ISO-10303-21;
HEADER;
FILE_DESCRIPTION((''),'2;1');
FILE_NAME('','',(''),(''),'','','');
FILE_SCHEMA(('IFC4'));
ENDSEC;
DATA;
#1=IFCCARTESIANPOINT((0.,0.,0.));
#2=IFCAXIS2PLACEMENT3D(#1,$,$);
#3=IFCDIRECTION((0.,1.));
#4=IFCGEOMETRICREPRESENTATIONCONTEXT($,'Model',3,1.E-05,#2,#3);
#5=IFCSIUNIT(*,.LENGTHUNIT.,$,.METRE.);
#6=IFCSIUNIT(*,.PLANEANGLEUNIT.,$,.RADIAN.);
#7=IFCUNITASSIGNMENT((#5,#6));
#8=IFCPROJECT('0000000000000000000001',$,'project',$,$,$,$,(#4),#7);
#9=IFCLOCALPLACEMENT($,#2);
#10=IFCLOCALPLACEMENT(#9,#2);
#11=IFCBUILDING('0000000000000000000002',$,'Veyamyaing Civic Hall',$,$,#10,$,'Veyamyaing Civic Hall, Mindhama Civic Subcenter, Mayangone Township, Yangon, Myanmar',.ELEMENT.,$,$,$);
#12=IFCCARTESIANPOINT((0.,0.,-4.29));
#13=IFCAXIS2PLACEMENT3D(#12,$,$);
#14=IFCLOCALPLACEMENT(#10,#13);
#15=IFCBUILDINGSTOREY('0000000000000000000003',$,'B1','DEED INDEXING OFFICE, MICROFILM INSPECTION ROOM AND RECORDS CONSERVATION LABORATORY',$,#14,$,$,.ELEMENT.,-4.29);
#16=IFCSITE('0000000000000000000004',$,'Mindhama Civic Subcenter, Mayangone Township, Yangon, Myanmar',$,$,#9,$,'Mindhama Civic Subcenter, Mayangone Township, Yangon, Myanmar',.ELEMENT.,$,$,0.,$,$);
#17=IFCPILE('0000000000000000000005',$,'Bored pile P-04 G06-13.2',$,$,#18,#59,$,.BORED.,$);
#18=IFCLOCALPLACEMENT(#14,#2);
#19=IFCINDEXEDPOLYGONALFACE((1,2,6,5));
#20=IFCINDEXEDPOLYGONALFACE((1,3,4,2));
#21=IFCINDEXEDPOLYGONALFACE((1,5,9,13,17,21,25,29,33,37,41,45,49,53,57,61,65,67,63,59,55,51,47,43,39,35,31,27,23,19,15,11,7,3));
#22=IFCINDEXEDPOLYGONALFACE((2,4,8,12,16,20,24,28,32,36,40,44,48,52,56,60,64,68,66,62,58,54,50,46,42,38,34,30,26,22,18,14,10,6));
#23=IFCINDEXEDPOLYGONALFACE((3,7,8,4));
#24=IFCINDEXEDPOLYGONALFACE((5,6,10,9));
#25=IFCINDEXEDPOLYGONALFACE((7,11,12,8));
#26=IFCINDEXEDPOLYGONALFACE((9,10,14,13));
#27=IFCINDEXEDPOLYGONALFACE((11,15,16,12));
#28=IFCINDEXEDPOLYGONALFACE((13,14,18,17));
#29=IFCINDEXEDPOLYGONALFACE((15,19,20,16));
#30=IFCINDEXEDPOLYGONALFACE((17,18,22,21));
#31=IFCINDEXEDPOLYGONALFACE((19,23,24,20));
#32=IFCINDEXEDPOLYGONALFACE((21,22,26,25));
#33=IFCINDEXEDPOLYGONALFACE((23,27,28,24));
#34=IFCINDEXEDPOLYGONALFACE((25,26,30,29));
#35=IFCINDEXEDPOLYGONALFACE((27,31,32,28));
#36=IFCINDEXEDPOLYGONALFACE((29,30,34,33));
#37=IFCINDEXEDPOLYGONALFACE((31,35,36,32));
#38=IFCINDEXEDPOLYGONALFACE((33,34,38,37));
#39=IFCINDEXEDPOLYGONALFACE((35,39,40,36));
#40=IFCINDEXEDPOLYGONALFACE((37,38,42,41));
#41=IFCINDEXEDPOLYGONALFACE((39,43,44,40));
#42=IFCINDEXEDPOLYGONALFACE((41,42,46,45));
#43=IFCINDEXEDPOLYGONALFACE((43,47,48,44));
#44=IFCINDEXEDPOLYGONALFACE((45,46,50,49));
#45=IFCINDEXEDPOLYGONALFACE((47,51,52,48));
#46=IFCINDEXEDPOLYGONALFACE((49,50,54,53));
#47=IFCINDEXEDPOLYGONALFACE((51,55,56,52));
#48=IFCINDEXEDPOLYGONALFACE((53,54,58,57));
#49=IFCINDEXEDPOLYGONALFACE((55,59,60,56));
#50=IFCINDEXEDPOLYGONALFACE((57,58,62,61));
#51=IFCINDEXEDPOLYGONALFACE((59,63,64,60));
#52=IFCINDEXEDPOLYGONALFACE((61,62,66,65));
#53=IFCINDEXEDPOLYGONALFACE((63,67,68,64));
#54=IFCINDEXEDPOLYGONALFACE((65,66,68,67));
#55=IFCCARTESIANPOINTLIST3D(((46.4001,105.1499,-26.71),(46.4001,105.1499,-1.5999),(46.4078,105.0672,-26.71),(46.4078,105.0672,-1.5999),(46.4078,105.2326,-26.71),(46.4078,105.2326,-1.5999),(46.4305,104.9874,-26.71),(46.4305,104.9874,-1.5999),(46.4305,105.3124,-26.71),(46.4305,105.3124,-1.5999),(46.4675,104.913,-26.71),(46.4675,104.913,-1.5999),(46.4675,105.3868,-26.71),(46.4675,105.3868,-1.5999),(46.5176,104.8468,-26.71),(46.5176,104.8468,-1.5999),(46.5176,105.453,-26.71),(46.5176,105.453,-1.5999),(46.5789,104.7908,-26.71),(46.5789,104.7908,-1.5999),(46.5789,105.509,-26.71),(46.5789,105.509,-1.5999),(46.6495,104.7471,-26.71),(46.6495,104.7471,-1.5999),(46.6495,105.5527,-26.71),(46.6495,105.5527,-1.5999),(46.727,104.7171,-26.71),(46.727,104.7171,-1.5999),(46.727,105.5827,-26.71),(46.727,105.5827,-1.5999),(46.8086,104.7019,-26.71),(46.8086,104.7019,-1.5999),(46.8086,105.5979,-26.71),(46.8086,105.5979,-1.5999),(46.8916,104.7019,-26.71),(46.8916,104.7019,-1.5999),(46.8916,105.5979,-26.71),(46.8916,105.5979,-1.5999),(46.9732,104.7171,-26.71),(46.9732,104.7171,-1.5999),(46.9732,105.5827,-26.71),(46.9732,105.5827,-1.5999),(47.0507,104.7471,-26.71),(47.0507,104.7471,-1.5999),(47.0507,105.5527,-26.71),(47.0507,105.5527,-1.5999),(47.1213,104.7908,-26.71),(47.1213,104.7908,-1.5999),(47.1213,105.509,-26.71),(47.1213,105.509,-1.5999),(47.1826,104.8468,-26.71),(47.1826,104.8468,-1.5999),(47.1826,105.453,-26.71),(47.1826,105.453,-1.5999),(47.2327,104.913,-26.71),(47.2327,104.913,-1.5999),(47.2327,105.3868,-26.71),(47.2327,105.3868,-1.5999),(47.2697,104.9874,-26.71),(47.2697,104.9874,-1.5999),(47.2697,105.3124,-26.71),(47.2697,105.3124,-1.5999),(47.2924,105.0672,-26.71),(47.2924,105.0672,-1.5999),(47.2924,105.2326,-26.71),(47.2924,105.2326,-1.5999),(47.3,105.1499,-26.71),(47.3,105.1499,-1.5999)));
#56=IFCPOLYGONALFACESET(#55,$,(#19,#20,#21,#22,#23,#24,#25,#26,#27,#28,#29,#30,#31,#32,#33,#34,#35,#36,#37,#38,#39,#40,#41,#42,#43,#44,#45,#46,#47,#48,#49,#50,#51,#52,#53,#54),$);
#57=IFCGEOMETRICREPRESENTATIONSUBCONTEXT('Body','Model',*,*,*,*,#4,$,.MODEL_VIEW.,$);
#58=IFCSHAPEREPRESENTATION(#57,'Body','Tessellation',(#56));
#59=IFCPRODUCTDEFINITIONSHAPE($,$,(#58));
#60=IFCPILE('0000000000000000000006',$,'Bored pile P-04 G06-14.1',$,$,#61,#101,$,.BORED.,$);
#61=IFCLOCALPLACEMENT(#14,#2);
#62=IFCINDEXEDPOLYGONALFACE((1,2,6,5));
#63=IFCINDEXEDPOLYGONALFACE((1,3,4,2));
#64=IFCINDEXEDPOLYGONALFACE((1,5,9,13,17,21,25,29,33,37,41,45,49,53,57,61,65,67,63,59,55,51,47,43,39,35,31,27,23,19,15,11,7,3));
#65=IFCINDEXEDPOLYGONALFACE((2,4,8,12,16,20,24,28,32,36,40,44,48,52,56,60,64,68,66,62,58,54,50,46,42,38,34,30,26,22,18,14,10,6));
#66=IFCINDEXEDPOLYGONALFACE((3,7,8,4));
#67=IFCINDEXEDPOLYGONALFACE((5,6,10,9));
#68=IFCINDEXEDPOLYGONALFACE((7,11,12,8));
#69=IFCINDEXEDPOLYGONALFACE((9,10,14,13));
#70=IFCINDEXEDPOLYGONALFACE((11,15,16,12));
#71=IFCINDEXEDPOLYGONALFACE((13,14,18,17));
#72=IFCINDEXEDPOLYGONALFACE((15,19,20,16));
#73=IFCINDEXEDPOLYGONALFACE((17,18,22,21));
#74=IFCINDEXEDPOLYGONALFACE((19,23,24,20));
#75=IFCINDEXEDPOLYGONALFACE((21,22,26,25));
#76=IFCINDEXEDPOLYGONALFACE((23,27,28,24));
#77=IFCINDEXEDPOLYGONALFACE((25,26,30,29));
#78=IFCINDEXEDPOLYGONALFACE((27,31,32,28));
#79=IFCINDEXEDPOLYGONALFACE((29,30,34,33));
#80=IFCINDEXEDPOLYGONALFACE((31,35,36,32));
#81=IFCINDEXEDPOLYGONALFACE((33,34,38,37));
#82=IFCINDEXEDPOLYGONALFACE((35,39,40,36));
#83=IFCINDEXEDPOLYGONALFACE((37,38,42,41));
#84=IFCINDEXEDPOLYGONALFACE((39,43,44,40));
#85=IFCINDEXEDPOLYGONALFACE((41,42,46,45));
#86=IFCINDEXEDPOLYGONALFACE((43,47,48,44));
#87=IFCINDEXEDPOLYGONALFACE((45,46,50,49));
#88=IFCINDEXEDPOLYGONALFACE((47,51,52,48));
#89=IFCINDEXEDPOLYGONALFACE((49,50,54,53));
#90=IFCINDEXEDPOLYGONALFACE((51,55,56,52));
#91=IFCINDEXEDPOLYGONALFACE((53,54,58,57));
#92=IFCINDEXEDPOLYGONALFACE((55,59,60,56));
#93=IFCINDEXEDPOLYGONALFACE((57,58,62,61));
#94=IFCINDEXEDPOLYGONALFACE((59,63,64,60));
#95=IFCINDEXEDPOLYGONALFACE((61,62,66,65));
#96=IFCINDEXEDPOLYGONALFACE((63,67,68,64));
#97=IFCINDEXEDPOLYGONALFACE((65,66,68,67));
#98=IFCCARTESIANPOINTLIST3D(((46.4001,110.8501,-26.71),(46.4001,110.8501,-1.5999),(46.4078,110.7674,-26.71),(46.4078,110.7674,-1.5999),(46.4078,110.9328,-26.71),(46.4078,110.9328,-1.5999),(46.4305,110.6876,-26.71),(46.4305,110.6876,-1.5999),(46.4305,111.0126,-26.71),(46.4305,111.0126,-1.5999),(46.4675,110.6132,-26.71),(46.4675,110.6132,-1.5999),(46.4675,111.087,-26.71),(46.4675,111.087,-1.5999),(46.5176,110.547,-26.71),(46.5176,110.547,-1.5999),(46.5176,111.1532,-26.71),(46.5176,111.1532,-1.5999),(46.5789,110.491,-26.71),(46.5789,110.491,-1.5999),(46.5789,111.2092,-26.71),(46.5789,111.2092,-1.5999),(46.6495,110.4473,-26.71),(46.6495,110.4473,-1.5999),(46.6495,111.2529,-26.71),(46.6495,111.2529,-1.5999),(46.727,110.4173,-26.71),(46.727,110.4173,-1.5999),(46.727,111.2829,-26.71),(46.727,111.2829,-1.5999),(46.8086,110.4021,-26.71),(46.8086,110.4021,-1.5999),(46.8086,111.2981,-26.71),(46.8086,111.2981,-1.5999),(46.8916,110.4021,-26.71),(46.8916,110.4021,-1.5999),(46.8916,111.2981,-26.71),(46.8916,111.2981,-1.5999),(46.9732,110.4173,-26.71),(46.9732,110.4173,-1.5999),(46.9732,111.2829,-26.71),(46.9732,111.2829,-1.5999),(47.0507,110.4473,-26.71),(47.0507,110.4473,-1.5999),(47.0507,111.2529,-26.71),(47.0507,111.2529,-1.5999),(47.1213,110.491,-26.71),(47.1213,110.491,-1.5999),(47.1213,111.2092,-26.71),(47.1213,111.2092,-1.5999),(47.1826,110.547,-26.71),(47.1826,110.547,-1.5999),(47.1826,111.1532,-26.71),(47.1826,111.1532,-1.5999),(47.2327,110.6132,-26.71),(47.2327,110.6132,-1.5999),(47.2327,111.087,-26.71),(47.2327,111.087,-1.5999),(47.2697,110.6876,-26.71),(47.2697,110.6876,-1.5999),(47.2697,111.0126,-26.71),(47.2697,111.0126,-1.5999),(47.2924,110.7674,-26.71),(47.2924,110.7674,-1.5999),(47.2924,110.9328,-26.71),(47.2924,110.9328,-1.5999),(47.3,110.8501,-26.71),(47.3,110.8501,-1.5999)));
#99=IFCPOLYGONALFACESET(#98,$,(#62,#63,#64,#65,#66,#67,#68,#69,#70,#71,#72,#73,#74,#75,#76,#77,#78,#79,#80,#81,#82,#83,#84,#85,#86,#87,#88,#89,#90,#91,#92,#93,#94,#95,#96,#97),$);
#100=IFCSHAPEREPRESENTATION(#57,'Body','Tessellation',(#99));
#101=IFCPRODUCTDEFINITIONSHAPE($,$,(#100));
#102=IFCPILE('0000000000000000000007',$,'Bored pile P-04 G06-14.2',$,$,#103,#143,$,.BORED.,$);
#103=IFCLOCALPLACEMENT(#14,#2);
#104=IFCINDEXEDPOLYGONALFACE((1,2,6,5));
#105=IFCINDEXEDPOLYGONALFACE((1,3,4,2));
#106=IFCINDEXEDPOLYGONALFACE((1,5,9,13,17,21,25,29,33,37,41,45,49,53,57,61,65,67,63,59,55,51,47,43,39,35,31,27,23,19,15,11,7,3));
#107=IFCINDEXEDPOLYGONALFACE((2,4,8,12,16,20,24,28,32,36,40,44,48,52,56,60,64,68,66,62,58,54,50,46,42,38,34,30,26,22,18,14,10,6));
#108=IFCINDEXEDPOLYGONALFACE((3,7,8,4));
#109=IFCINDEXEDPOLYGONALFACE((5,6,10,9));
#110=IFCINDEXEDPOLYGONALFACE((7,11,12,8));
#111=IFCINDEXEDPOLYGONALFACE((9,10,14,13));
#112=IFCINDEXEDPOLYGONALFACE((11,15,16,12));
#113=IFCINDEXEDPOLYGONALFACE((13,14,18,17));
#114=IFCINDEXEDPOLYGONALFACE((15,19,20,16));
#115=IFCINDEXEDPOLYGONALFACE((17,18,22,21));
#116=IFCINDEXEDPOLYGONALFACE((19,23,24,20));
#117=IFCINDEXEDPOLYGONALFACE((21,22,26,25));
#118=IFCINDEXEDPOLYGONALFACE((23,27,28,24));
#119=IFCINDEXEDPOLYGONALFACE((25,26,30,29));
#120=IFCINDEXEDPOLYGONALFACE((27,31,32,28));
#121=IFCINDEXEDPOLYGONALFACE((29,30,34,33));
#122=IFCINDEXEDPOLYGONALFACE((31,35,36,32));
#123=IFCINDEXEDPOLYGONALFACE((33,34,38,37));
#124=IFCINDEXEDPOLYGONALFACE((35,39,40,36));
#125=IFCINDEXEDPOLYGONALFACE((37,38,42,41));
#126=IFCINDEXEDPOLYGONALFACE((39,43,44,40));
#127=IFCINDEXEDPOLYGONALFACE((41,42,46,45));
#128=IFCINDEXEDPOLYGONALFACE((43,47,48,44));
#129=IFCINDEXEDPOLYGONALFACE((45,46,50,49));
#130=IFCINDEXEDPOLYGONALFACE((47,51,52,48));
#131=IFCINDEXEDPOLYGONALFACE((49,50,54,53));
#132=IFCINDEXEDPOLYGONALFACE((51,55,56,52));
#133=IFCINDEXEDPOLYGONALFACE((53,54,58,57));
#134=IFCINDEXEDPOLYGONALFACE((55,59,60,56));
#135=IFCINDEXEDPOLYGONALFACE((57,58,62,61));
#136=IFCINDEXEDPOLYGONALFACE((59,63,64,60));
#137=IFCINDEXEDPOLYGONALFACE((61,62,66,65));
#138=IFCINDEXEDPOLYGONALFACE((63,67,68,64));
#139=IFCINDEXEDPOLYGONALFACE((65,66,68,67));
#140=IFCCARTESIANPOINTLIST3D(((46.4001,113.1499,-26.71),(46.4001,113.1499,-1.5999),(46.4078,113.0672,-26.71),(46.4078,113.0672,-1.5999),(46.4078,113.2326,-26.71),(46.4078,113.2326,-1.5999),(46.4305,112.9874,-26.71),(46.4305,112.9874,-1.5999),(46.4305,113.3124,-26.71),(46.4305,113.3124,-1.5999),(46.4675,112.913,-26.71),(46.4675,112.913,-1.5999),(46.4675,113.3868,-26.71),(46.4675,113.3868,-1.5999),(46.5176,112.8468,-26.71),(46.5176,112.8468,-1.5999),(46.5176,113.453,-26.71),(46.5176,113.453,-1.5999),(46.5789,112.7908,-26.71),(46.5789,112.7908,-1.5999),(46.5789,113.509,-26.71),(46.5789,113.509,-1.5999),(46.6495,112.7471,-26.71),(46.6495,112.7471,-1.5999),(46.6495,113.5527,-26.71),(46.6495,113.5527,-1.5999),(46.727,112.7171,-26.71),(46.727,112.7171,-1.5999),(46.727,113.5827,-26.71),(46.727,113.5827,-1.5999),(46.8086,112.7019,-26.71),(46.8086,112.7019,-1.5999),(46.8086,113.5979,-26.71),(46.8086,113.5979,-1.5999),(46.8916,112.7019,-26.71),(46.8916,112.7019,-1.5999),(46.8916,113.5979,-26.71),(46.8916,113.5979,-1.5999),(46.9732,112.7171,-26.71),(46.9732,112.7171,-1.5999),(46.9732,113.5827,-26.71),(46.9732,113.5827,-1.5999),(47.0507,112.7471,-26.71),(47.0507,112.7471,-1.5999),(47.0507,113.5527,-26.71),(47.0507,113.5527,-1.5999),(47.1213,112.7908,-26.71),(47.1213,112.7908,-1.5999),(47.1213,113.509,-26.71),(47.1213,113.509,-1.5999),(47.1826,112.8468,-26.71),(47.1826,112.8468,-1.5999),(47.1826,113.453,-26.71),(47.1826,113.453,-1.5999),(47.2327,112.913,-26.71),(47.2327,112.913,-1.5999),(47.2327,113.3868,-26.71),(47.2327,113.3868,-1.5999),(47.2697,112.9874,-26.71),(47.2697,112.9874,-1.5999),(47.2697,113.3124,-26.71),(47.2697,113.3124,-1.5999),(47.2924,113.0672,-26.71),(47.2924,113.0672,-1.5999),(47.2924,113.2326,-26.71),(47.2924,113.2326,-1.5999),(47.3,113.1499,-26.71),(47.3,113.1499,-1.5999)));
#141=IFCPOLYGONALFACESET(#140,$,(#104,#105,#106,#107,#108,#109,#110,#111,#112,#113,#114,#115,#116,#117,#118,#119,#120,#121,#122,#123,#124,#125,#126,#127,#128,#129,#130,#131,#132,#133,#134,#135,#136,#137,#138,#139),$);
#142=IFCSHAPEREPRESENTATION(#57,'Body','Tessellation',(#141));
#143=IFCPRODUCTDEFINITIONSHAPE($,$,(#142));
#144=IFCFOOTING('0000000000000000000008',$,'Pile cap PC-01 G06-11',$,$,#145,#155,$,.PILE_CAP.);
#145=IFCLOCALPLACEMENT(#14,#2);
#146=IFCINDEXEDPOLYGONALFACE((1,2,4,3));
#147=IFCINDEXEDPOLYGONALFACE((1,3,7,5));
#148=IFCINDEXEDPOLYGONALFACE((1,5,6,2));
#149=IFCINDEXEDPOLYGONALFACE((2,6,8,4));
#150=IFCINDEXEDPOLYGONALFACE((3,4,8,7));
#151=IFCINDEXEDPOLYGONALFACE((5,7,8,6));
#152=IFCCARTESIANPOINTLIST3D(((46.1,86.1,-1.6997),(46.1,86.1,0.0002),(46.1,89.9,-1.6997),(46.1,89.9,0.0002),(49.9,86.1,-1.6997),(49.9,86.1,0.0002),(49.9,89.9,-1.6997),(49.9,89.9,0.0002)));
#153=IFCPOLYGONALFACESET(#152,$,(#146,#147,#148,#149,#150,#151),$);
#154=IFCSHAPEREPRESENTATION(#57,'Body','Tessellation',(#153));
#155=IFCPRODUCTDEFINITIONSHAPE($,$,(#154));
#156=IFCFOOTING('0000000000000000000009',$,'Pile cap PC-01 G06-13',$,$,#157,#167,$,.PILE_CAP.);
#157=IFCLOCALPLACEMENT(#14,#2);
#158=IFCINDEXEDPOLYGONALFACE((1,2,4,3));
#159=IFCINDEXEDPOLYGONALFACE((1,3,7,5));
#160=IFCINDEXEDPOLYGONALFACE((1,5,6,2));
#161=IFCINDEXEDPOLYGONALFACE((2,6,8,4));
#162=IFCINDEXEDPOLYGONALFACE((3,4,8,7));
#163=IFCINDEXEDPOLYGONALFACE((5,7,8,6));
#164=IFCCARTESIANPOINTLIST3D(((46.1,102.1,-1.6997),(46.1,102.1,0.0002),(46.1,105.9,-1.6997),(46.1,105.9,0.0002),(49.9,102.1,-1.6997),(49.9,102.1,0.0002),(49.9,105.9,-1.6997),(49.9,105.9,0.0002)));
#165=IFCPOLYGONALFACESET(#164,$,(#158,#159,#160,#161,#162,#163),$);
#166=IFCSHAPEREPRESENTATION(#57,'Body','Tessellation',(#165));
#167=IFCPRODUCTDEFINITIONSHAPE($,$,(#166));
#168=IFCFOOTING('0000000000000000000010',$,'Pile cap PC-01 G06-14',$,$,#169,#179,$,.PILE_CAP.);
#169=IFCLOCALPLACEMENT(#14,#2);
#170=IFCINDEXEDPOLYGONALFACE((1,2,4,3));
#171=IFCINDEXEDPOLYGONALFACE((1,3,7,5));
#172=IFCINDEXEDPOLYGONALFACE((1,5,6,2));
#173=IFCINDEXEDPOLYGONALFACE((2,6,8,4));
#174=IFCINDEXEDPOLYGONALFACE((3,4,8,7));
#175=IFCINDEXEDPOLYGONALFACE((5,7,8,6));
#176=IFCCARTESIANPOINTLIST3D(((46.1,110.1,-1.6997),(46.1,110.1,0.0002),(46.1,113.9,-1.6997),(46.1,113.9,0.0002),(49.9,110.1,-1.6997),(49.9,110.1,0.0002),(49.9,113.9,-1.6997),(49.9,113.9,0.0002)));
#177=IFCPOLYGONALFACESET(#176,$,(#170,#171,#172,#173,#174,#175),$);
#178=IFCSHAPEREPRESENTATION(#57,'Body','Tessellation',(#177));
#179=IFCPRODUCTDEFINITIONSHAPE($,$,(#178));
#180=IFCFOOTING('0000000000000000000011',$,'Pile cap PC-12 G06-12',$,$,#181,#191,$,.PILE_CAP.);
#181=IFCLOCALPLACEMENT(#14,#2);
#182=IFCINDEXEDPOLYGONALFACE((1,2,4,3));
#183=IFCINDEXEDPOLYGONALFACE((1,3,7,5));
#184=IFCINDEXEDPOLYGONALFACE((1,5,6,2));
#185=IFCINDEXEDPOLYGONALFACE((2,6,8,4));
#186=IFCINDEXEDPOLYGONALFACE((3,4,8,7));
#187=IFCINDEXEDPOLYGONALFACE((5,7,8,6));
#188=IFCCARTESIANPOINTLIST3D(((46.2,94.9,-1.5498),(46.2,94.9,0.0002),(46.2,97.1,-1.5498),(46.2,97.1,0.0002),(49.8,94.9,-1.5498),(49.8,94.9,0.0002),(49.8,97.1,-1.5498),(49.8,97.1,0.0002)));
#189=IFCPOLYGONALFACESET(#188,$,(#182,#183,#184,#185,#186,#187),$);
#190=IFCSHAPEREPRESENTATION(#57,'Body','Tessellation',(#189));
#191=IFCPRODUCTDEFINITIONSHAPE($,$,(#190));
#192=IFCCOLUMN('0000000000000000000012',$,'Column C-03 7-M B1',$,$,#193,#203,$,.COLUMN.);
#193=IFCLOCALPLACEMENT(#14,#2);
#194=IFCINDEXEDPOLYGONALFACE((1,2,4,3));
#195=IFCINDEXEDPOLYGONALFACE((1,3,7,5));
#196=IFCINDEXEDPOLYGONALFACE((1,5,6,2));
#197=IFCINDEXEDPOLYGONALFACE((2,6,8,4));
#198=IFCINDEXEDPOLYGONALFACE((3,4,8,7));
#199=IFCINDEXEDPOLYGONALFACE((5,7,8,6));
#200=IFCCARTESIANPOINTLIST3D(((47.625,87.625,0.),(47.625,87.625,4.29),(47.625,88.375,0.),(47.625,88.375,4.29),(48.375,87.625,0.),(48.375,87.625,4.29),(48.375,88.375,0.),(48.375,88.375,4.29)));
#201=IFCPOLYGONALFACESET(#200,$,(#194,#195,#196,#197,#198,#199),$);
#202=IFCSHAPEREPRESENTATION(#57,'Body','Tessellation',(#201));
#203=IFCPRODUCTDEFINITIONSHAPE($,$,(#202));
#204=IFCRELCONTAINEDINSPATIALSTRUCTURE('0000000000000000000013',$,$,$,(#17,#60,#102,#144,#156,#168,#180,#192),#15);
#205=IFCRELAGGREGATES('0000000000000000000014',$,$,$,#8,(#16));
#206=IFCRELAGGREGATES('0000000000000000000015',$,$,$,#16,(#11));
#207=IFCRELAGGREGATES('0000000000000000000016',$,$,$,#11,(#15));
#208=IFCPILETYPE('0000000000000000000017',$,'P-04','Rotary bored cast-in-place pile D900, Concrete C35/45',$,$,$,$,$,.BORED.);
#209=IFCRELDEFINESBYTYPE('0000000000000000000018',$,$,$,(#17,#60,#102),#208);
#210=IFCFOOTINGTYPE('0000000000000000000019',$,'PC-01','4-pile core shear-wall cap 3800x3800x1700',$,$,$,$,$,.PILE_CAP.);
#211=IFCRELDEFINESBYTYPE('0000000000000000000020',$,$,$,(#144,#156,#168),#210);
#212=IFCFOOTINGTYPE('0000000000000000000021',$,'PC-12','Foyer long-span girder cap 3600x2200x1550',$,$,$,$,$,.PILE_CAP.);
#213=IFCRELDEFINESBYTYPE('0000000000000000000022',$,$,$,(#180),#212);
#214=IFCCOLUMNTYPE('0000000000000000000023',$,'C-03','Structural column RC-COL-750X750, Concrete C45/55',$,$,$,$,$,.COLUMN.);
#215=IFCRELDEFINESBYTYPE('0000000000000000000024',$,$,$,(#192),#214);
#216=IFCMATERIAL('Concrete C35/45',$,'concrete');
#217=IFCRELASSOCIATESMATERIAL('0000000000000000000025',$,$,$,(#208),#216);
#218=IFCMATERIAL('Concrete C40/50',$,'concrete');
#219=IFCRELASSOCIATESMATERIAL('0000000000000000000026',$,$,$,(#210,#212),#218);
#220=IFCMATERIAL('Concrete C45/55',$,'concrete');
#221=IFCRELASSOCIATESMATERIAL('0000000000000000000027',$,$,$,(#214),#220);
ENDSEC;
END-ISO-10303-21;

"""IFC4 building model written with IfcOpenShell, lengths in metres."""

from ifc_helpers import new_model, si_unit, direction, frame, origin, origin_2d, place, context, subcontext, project, spatial, rectangle, circle, extrude, material, material_profile, profile_set, type_object, element, save


model = new_model("IFC4")

# Units and contexts
model_context = context("Model", 3, precision=1e-05, world=origin(), true_north=direction((0.0, 1.0)))
body_context = subcontext(model_context, "Body", "Model", "MODEL_VIEW")
ifc_project = project(units=[si_unit("LENGTHUNIT", "METRE"), si_unit("PLANEANGLEUNIT", "RADIAN")], contexts=[model_context])

# Site, building, storey
site_placement = place(None, origin())
site = spatial("IfcSite", under=ifc_project, at=site_placement, Name="Mindhama Civic Subcenter, Mayangone Township, Yangon, Myanmar", LongName="Mindhama Civic Subcenter, Mayangone Township, Yangon, Myanmar", CompositionType="ELEMENT", RefElevation=0.0)
building_placement = place(site_placement, origin())
building = spatial("IfcBuilding", under=site, at=building_placement, Name="Veyamyaing Civic Hall", LongName="Veyamyaing Civic Hall, Mindhama Civic Subcenter, Mayangone Township, Yangon, Myanmar", CompositionType="ELEMENT")
storey_placement = place(building_placement, frame((0.0, 0.0, -4.29)))
storey = spatial("IfcBuildingStorey", under=building, at=storey_placement, Name="B1", Description="DEED INDEXING OFFICE, MICROFILM INSPECTION ROOM AND RECORDS CONSERVATION LABORATORY", CompositionType="ELEMENT", Elevation=-4.29)

# Shared definitions
ifc_material_1 = material(Name="Concrete C40/50", Category="concrete")

# Piles
ifc_material_2 = material(Name="Concrete C35/45", Category="concrete")
ifc_material_profile_1 = material_profile(ifc_material_2, circle(Radius=0.45, at=origin_2d()), Name="PILE-D900")
ifc_profile_set_1 = profile_set([ifc_material_profile_1], Name="Concrete C35/45")
pile_type_1 = type_object("IfcPileType", Name="P-04", Description="Rotary bored cast-in-place pile D900, Concrete C35/45", PredefinedType="BORED", material=ifc_profile_set_1)
for number, where, z_axis, x_axis, name in (
    (1, (46.8501, 105.1499, -1.5999), (0.0, 0.0, -1.0), (1.0, 0.0, 0.0), "Bored pile P-04 G06-13.2"),
    (2, (46.8501, 110.8501, -1.5999), (0.0, 0.0, -1.0), (1.0, 0.0, 0.0), "Bored pile P-04 G06-14.1"),
    (3, (46.8501, 113.1499, -1.5999), (0.0, 0.0, -1.0), (1.0, 0.0, 0.0), "Bored pile P-04 G06-14.2"),
):
    element("IfcPile", number, at=place(storey_placement, frame(where, z_axis=z_axis, x_axis=x_axis)), inside=storey, type_object=pile_type_1, Name=name, PredefinedType="BORED", context=body_context, shape_type="SweptSolid", body=[
        extrude(circle(Radius=0.45, at=origin_2d()), origin(), (0.0, 0.0, 1.0), 25.1101),
    ])

# Footings
footing_type_1 = type_object("IfcFootingType", Name="PC-01", Description="4-pile core shear-wall cap 3800x3800x1700", PredefinedType="PILE_CAP", material=ifc_material_1)
for number, where, z_axis, x_axis, name in (
    (4, (48.0, 88.0, -1.6997), (0.0, 0.0, 1.0), (1.0, 0.0, 0.0), "Pile cap PC-01 G06-11"),
    (5, (48.0, 104.0, -1.6997), (0.0, 0.0, 1.0), (1.0, 0.0, 0.0), "Pile cap PC-01 G06-13"),
    (6, (48.0, 112.0, -1.6997), (0.0, 0.0, 1.0), (1.0, 0.0, 0.0), "Pile cap PC-01 G06-14"),
):
    element("IfcFooting", number, at=place(storey_placement, frame(where, z_axis=z_axis, x_axis=x_axis)), inside=storey, type_object=footing_type_1, Name=name, PredefinedType="PILE_CAP", context=body_context, shape_type="SweptSolid", body=[
        extrude(rectangle(XDim=3.8, YDim=3.8, at=origin_2d()), origin(), (0.0, 0.0, 1.0), 1.7),
    ])
footing_type_2 = type_object("IfcFootingType", Name="PC-12", Description="Foyer long-span girder cap 3600x2200x1550", PredefinedType="PILE_CAP", material=ifc_material_1)
footing_1_placement = place(storey_placement, frame((48.0, 96.0, -1.5498), z_axis=(0.0, 0.0, 1.0), x_axis=(1.0, 0.0, 0.0)))
element("IfcFooting", 7, at=footing_1_placement, inside=storey, type_object=footing_type_2, Name="Pile cap PC-12 G06-12", PredefinedType="PILE_CAP", context=body_context, shape_type="SweptSolid", body=[
    extrude(rectangle(XDim=3.6001, YDim=2.2, at=origin_2d()), origin(), (0.0, 0.0, 1.0), 1.55),
])

# Column
ifc_material_3 = material(Name="Concrete C45/55", Category="concrete")
ifc_material_profile_2 = material_profile(ifc_material_3, rectangle(XDim=0.75, YDim=0.75, at=origin_2d()), Name="RC-COL-750X750")
ifc_profile_set_2 = profile_set([ifc_material_profile_2], Name="Concrete C45/55")
column_type = type_object("IfcColumnType", Name="C-03", Description="Structural column RC-COL-750X750, Concrete C45/55", PredefinedType="COLUMN", material=ifc_profile_set_2)
for number, where, z_axis, x_axis, name in (
    (8, (48.0, 88.0, 0.0), (0.0, 0.0, 1.0), (1.0, 0.0, 0.0), "Column C-03 7-M B1"),
):
    element("IfcColumn", number, at=place(storey_placement, frame(where, z_axis=z_axis, x_axis=x_axis)), inside=storey, type_object=column_type, Name=name, PredefinedType="COLUMN", context=body_context, shape_type="SweptSolid", body=[
        extrude(rectangle(XDim=0.75, YDim=0.75, at=origin_2d()), origin(), (0.0, 0.0, 1.0), 4.29),
    ])

save(model, "model.ifc")
